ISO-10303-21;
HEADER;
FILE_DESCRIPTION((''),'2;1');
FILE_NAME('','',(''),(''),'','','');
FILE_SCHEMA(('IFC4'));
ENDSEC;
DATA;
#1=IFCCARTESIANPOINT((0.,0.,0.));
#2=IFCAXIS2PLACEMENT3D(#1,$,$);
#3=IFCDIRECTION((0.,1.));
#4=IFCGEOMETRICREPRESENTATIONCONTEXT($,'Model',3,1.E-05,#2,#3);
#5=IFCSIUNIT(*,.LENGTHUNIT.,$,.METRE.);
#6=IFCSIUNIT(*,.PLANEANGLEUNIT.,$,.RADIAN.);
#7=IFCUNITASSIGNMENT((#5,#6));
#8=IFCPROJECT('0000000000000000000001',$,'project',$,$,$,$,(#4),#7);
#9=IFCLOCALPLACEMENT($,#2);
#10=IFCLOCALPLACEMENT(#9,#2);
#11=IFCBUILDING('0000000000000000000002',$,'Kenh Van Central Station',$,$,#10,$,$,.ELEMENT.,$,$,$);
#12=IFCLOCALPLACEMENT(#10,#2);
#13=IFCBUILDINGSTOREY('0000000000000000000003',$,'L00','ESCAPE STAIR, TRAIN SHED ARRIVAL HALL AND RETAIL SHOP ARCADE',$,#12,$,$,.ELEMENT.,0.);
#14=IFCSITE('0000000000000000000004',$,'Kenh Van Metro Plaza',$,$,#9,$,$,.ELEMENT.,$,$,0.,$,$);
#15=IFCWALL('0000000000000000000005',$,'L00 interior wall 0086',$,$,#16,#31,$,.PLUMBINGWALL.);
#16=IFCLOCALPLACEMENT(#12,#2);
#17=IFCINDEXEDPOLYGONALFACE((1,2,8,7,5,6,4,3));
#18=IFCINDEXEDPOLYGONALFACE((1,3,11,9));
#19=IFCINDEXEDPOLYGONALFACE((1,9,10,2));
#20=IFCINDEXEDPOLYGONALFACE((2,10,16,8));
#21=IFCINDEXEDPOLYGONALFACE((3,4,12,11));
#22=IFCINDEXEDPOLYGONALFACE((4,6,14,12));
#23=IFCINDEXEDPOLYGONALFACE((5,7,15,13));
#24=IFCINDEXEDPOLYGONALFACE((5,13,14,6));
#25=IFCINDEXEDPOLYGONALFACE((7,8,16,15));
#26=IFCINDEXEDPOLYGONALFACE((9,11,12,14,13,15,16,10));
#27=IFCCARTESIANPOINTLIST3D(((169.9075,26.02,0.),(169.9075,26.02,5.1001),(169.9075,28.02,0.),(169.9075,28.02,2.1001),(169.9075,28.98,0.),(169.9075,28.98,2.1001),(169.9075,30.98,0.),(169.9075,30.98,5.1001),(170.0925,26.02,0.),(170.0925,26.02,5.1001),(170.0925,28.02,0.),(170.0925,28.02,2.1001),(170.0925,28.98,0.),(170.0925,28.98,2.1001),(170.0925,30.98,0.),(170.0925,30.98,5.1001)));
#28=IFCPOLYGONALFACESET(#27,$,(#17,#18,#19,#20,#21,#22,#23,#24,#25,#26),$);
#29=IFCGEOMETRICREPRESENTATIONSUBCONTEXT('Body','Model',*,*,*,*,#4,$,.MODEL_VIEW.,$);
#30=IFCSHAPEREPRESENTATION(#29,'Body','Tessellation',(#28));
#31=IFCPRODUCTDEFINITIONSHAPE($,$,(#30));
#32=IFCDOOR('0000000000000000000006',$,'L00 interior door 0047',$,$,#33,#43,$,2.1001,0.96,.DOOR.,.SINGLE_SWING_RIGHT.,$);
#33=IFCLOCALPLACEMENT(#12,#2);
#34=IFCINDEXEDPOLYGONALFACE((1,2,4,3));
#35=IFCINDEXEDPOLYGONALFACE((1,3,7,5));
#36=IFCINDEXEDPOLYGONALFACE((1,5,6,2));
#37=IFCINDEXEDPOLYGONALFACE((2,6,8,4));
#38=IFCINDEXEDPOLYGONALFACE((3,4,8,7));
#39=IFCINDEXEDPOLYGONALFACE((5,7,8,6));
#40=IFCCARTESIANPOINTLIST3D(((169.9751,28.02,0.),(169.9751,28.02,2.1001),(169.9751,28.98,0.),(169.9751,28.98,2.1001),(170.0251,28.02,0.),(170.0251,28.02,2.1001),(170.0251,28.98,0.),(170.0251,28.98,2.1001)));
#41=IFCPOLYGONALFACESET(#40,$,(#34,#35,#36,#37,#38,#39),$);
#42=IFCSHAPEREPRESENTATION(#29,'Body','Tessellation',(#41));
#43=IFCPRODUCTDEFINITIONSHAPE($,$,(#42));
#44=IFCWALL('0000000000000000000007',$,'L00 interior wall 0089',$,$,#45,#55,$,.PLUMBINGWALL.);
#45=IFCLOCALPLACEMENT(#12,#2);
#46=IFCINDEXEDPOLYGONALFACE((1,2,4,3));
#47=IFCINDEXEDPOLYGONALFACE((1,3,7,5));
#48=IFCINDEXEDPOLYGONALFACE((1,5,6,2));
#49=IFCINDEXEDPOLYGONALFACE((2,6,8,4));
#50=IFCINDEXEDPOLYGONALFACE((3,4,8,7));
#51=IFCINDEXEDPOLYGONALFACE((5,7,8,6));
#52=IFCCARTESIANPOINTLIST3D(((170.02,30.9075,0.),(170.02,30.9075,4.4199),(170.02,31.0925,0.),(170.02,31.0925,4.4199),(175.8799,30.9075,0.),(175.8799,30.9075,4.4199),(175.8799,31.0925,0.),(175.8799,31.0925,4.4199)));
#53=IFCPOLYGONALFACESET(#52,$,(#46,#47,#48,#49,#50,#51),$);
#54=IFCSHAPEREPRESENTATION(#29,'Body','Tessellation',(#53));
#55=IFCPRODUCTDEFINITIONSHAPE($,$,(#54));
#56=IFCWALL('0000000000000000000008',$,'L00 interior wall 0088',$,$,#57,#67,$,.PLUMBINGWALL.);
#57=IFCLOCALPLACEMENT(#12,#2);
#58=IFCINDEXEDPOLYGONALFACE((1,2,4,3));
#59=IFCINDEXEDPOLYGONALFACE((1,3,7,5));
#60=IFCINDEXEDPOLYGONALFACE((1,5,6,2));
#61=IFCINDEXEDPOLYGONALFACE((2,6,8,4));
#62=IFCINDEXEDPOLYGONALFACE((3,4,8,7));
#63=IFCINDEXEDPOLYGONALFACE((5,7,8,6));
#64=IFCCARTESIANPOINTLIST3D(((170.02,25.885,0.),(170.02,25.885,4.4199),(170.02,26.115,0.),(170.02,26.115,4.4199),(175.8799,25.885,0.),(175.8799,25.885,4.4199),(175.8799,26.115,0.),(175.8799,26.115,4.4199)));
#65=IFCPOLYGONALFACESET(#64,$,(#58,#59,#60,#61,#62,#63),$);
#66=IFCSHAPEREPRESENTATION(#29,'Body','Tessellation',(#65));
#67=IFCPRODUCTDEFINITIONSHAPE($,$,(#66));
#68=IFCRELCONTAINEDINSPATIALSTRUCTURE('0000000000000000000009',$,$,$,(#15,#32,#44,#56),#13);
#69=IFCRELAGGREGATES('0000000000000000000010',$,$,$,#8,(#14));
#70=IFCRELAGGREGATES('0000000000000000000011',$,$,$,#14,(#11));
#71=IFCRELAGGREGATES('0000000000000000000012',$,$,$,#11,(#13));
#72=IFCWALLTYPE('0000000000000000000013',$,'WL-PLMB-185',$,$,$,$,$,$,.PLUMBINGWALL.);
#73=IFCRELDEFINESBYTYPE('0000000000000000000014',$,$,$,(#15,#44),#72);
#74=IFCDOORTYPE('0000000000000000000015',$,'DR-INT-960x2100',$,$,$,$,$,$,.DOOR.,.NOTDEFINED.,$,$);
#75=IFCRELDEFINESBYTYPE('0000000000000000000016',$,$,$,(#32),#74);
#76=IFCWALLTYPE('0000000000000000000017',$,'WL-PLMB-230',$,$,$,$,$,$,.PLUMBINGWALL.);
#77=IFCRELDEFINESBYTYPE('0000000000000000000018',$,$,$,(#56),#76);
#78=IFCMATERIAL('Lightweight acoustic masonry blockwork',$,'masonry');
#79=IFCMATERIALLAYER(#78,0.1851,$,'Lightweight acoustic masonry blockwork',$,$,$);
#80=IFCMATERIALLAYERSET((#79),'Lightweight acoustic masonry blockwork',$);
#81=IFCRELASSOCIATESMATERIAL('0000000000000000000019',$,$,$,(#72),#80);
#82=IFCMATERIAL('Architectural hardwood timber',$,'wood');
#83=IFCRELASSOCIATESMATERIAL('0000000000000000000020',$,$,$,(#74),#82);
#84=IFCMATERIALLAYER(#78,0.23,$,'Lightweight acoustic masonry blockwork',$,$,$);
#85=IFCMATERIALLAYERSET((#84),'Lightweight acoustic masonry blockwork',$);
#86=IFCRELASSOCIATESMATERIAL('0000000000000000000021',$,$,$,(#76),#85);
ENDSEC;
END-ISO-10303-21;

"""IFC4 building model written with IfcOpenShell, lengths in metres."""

from ifc_helpers import new_model, si_unit, direction, frame, frame_2d, origin, place, context, subcontext, project, spatial, rectangle, extrude, material, layer, layer_set, type_object, element, fill, save


model = new_model("IFC4")

# Units and contexts
model_context = context("Model", 3, precision=1e-05, world=origin(), true_north=direction((0.0, 1.0)))
body_context = subcontext(model_context, "Body", "Model", "MODEL_VIEW")
ifc_project = project(units=[si_unit("LENGTHUNIT", "METRE"), si_unit("PLANEANGLEUNIT", "RADIAN")], contexts=[model_context])

# Site, building, storey
site_placement = place(None, origin())
site = spatial("IfcSite", under=ifc_project, at=site_placement, Name="Kenh Van Metro Plaza", CompositionType="ELEMENT", RefElevation=0.0)
building_placement = place(site_placement, origin())
building = spatial("IfcBuilding", under=site, at=building_placement, Name="Kenh Van Central Station", CompositionType="ELEMENT")
storey_placement = place(building_placement, origin())
storey = spatial("IfcBuildingStorey", under=building, at=storey_placement, Name="L00", Description="ESCAPE STAIR, TRAIN SHED ARRIVAL HALL AND RETAIL SHOP ARCADE", CompositionType="ELEMENT", Elevation=0.0)

# Wall, opening, door
ifc_material_1 = material(Name="Lightweight acoustic masonry blockwork", Category="masonry")
ifc_layer_1 = layer(ifc_material_1, 0.1851, Name="Lightweight acoustic masonry blockwork")
ifc_layer_set_1 = layer_set([ifc_layer_1], Name="Lightweight acoustic masonry blockwork")
wall_type_1 = type_object("IfcWallType", Name="WL-PLMB-185", PredefinedType="PLUMBINGWALL", material=ifc_layer_set_1)
wall_1_placement = place(storey_placement, frame((170.0, 26.02, 0.0), z_axis=(0.0, 0.0, 1.0), x_axis=(0.0, 1.0, 0.0)))
wall_1 = element("IfcWall", 1, at=wall_1_placement, inside=storey, type_object=wall_type_1, Name="L00 interior wall 0086", PredefinedType="PLUMBINGWALL", context=body_context, shape_type="SweptSolid", body=[
    extrude(rectangle(XDim=4.96, YDim=0.1851, at=frame_2d((2.48, 0.0))), origin(), (0.0, 0.0, 1.0), 5.1001),
])
opening_1_placement = place(wall_1_placement, frame((2.0, 0.0, 0.0)))
opening_1 = element("IfcOpeningElement", 2, at=opening_1_placement, cuts=wall_1, PredefinedType="OPENING", context=body_context, shape_type="SweptSolid", body=[
    extrude(rectangle(XDim=0.96, YDim=2.1001, at=frame_2d((0.48, 1.05))), frame((0.0, 0.1025, 0.0), z_axis=(0.0, -1.0, 0.0), x_axis=(1.0, 0.0, 0.0)), (0.0, 0.0, 1.0), 0.2051),
])
ifc_material_2 = material(Name="Architectural hardwood timber", Category="wood")
door_type_1 = type_object("IfcDoorType", Name="DR-INT-960x2100", OperationType="NOTDEFINED", PredefinedType="DOOR", material=ifc_material_2)
door_1_placement = place(opening_1_placement, origin())
door_1 = element("IfcDoor", 3, at=door_1_placement, inside=storey, type_object=door_type_1, Name="L00 interior door 0047", OperationType="SINGLE_SWING_RIGHT", OverallHeight=2.1001, OverallWidth=0.96, PredefinedType="DOOR", context=body_context, shape_type="SweptSolid", body=[
    extrude(rectangle(XDim=0.96, YDim=2.1001, at=frame_2d((0.48, 1.05))), frame((0.0, 0.0249, 0.0), z_axis=(0.0, -1.0, 0.0), x_axis=(1.0, 0.0, 0.0)), (0.0, 0.0, 1.0), 0.05),
])
fill(opening_1, door_1)

# Walls
wall_2_placement = place(storey_placement, frame((170.02, 31.0, 0.0), z_axis=(0.0, 0.0, 1.0), x_axis=(1.0, 0.0, 0.0)))
element("IfcWall", 4, at=wall_2_placement, inside=storey, type_object=wall_type_1, Name="L00 interior wall 0089", PredefinedType="PLUMBINGWALL", context=body_context, shape_type="SweptSolid", body=[
    extrude(rectangle(XDim=5.8599, YDim=0.1851, at=frame_2d((2.9299, 0.0))), origin(), (0.0, 0.0, 1.0), 4.4199),
])
ifc_layer_2 = layer(ifc_material_1, 0.23, Name="Lightweight acoustic masonry blockwork")
ifc_layer_set_2 = layer_set([ifc_layer_2], Name="Lightweight acoustic masonry blockwork")
wall_type_2 = type_object("IfcWallType", Name="WL-PLMB-230", PredefinedType="PLUMBINGWALL", material=ifc_layer_set_2)
wall_3_placement = place(storey_placement, frame((170.02, 26.0, 0.0), z_axis=(0.0, 0.0, 1.0), x_axis=(1.0, 0.0, 0.0)))
element("IfcWall", 5, at=wall_3_placement, inside=storey, type_object=wall_type_2, Name="L00 interior wall 0088", PredefinedType="PLUMBINGWALL", context=body_context, shape_type="SweptSolid", body=[
    extrude(rectangle(XDim=5.8599, YDim=0.23, at=frame_2d((2.9299, 0.0))), origin(), (0.0, 0.0, 1.0), 4.4199),
])

save(model, "model.ifc")
